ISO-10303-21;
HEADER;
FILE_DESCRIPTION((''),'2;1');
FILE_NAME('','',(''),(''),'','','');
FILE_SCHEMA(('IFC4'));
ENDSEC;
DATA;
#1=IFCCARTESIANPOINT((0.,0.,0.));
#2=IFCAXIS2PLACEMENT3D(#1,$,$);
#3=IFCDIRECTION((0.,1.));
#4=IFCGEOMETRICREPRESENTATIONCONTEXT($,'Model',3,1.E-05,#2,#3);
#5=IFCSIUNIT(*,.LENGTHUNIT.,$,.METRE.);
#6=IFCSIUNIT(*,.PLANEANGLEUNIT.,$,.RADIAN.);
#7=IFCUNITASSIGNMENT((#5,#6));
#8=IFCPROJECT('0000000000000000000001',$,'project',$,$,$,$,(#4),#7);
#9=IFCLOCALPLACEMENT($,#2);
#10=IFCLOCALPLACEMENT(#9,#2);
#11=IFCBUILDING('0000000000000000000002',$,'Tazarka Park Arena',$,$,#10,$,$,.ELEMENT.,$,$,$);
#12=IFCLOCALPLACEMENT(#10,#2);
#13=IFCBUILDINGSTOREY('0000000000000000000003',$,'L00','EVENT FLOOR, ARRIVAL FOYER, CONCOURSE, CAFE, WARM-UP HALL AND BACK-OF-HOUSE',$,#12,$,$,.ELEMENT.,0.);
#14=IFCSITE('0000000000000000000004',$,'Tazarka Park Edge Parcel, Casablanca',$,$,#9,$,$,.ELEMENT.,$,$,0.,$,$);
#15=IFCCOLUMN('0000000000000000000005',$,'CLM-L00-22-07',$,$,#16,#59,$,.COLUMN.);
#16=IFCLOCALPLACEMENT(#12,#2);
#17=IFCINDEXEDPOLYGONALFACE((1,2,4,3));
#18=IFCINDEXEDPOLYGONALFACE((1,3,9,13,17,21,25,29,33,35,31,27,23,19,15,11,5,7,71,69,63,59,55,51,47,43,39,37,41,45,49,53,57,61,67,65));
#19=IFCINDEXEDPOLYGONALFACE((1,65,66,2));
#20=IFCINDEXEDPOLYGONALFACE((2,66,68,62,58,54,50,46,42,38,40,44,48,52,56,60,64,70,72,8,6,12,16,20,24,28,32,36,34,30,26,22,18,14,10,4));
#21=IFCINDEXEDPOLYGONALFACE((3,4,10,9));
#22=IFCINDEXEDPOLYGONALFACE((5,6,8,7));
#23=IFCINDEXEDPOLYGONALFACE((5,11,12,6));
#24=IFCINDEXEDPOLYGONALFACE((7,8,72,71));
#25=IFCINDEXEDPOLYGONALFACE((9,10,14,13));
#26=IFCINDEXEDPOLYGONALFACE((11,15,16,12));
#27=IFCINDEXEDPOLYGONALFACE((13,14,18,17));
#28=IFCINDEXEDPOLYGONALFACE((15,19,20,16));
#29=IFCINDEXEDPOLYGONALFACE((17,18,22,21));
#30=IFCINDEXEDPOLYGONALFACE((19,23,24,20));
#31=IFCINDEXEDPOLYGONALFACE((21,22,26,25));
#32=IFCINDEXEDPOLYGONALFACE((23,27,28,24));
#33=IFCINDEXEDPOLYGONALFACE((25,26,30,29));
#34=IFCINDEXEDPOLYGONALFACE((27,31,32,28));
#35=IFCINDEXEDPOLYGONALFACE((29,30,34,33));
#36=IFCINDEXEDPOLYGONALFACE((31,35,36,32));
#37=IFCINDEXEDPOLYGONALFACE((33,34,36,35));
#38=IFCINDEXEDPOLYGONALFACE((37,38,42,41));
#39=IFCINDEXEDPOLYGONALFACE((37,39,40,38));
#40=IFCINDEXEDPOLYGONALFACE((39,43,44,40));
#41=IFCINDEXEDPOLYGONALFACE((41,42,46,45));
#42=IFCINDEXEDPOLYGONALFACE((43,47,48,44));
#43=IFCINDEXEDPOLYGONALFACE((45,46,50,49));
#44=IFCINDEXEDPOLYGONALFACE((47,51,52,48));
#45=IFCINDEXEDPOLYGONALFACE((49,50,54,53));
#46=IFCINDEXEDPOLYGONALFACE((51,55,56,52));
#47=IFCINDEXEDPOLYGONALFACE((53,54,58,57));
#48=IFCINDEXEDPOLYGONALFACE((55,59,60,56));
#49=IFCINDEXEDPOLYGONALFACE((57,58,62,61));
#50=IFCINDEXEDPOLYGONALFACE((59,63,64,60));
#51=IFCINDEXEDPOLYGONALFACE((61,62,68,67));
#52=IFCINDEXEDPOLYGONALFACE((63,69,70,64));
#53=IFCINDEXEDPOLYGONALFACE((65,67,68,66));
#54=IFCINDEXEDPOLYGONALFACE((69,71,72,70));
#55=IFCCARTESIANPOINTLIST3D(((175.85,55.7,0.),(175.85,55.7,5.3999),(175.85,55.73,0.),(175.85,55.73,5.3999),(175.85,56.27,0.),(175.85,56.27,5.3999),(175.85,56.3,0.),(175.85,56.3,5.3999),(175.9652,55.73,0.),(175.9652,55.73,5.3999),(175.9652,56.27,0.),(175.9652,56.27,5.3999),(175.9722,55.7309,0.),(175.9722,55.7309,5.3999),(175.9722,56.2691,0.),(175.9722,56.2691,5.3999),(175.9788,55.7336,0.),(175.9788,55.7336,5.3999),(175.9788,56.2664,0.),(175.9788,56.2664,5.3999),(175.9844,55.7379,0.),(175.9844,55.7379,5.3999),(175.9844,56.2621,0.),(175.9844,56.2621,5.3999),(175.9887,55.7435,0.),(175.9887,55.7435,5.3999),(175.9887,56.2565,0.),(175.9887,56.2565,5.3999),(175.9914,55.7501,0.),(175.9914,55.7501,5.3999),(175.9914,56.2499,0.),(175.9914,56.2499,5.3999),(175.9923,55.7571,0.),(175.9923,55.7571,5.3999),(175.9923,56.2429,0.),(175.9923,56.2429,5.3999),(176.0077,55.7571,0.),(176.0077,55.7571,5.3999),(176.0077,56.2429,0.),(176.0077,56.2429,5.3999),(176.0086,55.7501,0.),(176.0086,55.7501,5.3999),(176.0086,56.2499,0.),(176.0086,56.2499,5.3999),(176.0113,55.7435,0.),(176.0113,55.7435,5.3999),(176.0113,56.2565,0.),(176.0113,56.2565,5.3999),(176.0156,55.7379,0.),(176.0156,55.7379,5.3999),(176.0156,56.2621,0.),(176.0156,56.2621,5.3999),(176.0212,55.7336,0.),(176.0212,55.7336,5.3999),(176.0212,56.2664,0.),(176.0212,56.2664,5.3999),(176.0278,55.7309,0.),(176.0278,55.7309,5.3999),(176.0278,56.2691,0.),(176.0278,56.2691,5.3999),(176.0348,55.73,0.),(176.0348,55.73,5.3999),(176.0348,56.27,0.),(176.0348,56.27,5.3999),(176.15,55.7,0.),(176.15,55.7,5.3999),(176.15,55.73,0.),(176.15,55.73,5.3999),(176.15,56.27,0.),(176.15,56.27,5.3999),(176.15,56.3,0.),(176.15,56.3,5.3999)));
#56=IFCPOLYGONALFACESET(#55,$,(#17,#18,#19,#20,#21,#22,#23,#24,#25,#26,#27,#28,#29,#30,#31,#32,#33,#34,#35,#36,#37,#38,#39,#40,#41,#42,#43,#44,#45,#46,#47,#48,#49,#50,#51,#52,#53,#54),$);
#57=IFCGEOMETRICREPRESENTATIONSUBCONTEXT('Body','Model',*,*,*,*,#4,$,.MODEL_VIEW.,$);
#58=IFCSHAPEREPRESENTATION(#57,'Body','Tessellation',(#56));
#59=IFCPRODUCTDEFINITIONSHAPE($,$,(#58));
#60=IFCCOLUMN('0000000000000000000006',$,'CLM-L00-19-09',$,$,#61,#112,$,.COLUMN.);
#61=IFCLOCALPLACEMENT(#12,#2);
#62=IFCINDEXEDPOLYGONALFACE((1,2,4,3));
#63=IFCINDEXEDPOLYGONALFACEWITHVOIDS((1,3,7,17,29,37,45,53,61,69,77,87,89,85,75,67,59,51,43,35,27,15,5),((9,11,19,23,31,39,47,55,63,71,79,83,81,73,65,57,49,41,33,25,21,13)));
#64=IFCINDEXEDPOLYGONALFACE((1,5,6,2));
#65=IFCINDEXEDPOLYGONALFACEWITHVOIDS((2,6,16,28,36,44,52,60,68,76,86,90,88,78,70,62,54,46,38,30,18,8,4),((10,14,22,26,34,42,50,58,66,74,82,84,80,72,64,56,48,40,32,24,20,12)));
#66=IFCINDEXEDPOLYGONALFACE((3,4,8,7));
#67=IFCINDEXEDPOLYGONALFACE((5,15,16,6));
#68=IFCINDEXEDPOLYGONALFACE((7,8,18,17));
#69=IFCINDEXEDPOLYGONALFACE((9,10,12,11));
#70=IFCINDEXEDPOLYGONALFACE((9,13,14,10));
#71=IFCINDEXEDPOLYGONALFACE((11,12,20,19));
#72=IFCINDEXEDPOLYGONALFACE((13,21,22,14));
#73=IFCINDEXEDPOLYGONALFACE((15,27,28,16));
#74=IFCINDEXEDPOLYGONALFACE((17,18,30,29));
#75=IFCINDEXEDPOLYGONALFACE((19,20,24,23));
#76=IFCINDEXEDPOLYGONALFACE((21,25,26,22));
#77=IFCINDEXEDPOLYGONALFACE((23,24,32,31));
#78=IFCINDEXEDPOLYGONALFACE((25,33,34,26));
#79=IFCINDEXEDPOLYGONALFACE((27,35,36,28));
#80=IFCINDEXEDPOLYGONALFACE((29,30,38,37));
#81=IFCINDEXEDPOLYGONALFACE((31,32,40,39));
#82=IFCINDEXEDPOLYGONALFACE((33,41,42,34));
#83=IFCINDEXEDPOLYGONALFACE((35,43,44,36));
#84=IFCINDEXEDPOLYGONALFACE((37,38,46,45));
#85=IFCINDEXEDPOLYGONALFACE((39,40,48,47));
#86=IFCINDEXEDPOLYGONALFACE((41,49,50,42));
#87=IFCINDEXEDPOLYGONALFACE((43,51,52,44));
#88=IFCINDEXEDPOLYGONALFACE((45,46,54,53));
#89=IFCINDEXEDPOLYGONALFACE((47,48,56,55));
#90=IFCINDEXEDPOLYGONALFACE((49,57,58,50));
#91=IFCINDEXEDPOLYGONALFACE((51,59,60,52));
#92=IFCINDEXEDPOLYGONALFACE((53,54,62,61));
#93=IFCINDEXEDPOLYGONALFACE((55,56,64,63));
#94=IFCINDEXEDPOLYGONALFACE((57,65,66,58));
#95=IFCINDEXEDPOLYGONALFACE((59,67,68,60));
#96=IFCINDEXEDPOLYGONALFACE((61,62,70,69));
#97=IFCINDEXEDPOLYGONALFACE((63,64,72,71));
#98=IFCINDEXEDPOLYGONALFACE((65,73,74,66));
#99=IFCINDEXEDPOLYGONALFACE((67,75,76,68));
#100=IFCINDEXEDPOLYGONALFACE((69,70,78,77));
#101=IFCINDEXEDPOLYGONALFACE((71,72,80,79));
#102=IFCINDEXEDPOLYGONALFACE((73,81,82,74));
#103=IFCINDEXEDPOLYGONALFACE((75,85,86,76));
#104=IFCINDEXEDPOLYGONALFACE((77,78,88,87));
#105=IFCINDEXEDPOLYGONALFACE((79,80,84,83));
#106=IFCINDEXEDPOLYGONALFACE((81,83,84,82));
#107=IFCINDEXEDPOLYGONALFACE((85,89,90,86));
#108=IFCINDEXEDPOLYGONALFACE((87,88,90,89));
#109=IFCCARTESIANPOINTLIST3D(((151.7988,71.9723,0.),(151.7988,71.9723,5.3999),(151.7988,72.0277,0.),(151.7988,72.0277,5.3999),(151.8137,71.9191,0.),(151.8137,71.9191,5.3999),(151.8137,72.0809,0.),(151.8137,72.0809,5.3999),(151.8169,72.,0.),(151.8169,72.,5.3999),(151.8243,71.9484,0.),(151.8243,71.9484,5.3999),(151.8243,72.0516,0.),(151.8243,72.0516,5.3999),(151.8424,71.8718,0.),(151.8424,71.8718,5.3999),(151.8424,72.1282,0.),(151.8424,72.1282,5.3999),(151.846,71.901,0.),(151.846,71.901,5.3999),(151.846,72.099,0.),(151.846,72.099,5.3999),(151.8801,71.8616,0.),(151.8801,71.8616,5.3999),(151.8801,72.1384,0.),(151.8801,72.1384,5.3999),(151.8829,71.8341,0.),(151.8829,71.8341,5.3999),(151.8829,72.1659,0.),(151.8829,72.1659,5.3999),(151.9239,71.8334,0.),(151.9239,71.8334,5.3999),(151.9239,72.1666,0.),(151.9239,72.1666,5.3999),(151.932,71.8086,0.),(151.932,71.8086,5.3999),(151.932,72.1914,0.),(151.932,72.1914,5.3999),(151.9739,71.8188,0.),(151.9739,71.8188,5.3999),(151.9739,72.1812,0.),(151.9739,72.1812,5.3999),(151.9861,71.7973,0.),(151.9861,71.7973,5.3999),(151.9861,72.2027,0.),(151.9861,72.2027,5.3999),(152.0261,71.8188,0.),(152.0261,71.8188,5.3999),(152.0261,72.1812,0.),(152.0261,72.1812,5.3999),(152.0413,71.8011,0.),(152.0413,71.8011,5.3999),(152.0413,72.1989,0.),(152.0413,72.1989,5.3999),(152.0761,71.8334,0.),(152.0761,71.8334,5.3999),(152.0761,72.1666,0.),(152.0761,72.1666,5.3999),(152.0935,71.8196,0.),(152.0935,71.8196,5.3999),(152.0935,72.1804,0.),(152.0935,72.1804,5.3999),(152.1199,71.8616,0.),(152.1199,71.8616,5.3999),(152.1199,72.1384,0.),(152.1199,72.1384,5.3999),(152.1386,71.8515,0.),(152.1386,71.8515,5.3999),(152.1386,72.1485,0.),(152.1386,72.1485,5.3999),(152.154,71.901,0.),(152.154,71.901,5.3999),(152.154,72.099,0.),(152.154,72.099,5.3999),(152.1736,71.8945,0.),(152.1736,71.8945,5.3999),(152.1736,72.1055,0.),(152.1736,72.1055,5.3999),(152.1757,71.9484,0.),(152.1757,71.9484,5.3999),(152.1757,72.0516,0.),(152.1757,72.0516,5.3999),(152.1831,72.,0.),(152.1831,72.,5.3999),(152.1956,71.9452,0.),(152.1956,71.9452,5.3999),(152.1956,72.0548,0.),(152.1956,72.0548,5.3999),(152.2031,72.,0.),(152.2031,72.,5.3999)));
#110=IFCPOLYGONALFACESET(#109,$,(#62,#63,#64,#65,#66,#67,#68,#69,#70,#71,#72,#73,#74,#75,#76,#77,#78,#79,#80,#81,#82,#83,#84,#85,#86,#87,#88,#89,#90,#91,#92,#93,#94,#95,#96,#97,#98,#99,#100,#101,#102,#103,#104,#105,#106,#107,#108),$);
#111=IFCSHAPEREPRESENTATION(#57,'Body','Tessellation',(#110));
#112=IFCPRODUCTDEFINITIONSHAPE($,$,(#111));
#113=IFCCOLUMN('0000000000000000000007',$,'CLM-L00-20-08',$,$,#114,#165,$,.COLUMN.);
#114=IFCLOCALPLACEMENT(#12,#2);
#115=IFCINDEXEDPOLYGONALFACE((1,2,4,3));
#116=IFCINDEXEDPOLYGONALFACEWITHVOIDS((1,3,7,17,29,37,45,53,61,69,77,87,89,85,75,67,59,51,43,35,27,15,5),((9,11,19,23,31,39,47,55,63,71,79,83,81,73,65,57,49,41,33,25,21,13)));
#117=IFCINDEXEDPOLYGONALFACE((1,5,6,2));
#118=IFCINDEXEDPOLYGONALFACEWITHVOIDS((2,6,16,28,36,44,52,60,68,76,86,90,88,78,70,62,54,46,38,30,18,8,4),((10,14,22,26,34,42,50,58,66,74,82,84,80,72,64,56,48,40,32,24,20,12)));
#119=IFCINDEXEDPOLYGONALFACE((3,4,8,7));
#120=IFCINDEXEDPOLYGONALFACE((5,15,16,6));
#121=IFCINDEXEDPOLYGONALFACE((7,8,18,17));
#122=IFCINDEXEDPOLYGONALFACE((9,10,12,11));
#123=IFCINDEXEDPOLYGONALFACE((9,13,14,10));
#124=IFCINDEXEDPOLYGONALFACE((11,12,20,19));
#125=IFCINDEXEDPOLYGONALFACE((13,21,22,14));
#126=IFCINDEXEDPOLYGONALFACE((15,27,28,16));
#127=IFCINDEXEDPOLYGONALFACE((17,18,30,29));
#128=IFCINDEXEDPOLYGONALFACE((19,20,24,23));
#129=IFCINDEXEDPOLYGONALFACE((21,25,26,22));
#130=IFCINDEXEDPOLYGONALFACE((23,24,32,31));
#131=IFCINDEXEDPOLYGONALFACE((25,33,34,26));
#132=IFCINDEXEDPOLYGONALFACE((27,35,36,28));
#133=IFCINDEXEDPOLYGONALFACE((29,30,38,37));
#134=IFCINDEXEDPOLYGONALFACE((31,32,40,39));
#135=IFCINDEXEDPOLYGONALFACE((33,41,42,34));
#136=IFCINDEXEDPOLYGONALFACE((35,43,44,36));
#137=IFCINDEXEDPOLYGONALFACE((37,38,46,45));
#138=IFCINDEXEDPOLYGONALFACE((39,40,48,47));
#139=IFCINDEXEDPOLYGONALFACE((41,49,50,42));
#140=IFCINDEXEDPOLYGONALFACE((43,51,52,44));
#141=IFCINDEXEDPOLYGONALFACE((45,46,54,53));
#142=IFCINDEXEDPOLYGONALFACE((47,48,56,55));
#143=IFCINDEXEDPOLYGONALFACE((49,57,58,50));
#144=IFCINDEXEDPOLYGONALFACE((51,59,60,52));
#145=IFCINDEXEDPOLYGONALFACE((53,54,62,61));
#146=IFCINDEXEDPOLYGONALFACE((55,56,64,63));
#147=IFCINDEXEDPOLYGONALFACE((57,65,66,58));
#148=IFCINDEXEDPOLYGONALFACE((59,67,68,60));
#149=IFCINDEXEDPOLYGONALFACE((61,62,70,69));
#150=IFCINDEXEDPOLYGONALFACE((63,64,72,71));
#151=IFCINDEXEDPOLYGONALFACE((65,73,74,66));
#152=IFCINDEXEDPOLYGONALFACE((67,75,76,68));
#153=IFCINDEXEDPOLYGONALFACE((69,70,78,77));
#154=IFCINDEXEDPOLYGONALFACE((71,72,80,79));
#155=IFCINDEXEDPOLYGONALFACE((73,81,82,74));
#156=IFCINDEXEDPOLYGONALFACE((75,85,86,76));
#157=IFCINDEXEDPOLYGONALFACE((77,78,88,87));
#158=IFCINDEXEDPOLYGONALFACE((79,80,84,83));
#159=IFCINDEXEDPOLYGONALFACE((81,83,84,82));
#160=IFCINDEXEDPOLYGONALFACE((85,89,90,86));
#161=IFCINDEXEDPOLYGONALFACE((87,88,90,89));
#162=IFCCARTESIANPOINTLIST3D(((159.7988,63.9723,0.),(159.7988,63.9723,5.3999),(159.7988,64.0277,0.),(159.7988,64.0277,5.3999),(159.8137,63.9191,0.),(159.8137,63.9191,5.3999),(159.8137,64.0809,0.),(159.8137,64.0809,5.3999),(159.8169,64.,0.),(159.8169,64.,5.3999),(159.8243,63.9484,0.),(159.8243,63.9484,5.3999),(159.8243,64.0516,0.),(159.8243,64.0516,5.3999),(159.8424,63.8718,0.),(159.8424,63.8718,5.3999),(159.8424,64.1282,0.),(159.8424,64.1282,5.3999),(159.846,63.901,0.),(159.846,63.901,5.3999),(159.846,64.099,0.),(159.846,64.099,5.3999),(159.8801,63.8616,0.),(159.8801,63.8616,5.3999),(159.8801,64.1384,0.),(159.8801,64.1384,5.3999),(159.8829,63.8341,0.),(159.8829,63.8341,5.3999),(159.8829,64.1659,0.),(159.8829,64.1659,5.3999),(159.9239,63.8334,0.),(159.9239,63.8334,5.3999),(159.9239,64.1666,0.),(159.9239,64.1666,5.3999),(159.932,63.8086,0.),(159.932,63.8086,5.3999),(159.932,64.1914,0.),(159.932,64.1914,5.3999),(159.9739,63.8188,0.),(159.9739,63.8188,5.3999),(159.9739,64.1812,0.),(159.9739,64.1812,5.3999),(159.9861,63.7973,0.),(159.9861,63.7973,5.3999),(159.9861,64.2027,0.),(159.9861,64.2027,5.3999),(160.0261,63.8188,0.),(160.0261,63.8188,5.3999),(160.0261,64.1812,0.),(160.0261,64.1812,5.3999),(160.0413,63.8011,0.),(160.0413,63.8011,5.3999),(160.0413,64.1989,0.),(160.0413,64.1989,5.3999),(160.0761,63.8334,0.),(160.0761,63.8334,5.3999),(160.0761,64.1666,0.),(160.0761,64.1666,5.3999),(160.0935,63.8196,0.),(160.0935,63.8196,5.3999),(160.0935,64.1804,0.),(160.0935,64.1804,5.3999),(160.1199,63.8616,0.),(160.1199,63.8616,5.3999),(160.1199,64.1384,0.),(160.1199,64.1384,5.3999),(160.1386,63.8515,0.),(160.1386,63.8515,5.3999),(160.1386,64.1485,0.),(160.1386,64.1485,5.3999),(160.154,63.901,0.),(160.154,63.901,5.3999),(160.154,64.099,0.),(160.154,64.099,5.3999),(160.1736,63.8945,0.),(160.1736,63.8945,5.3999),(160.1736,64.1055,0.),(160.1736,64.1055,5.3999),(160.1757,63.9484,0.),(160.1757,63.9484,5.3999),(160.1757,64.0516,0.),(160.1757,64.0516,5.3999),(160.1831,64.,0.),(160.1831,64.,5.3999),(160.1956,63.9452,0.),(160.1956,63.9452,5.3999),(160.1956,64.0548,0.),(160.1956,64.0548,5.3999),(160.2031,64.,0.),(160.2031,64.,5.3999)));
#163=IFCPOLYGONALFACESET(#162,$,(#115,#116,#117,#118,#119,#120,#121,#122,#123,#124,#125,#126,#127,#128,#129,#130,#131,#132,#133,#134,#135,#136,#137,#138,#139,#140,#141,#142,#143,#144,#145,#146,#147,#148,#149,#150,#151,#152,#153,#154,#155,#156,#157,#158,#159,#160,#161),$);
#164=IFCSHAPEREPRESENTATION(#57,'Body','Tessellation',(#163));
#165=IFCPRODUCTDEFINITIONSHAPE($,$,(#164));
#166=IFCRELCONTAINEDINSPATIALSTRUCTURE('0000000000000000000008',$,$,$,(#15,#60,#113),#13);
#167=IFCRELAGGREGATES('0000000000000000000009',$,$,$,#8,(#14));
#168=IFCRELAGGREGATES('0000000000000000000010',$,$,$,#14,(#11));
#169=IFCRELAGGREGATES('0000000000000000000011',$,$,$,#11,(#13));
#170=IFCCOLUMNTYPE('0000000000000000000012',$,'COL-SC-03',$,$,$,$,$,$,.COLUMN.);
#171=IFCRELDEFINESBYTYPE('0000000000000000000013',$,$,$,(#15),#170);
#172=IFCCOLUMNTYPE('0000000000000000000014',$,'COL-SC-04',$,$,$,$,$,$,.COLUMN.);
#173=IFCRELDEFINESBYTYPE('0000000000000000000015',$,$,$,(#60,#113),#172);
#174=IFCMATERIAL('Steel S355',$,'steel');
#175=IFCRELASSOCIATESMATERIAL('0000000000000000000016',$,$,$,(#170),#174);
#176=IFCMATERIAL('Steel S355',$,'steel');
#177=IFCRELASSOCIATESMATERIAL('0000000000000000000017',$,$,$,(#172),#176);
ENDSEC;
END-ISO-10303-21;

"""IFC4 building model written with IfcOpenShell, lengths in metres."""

from ifc_helpers import new_model, si_unit, direction, frame, origin, origin_2d, place, context, subcontext, project, spatial, hollow_circle, i_section, extrude, material, material_profile, profile_set, type_object, element, save


model = new_model("IFC4")

# Units and contexts
model_context = context("Model", 3, precision=1e-05, world=origin(), true_north=direction((0.0, 1.0)))
body_context = subcontext(model_context, "Body", "Model", "MODEL_VIEW")
ifc_project = project(units=[si_unit("LENGTHUNIT", "METRE"), si_unit("PLANEANGLEUNIT", "RADIAN")], contexts=[model_context])

# Site, building, storey
site_placement = place(None, origin())
site = spatial("IfcSite", under=ifc_project, at=site_placement, Name="Tazarka Park Edge Parcel, Casablanca", CompositionType="ELEMENT", RefElevation=0.0)
building_placement = place(site_placement, origin())
building = spatial("IfcBuilding", under=site, at=building_placement, Name="Tazarka Park Arena", CompositionType="ELEMENT")
storey_placement = place(building_placement, origin())
storey = spatial("IfcBuildingStorey", under=building, at=storey_placement, Name="L00", Description="EVENT FLOOR, ARRIVAL FOYER, CONCOURSE, CAFE, WARM-UP HALL AND BACK-OF-HOUSE", CompositionType="ELEMENT", Elevation=0.0)

# Columns
ifc_material_1 = material(Name="Steel S355", Category="steel")
ifc_material_profile_1 = material_profile(ifc_material_1, i_section(OverallWidth=0.3, OverallDepth=0.6001, WebThickness=0.0154, FlangeThickness=0.03, FilletRadius=0.0271, at=origin_2d()), Name="Steel S355")
ifc_profile_set_1 = profile_set([ifc_material_profile_1], Name="Steel S355")
column_type_1 = type_object("IfcColumnType", Name="COL-SC-03", PredefinedType="COLUMN", material=ifc_profile_set_1)
for number, where, z_axis, x_axis, name in (
    (1, (176.0, 56.0, 0.0), (0.0, 0.0, 1.0), (1.0, 0.0, 0.0), "CLM-L00-22-07"),
):
    element("IfcColumn", number, at=place(storey_placement, frame(where, z_axis=z_axis, x_axis=x_axis)), inside=storey, type_object=column_type_1, Name=name, PredefinedType="COLUMN", context=body_context, shape_type="SweptSolid", body=[
        extrude(i_section(OverallWidth=0.3, OverallDepth=0.6001, WebThickness=0.0154, FlangeThickness=0.03, FilletRadius=0.0271, at=origin_2d()), origin(), (0.0, 0.0, 1.0), 5.3999),
    ])
ifc_material_2 = material(Name="Steel S355", Category="steel")
ifc_material_profile_2 = material_profile(ifc_material_2, hollow_circle(Radius=0.2031, WallThickness=0.02, at=origin_2d()), Name="Steel S355")
ifc_profile_set_2 = profile_set([ifc_material_profile_2], Name="Steel S355")
column_type_2 = type_object("IfcColumnType", Name="COL-SC-04", PredefinedType="COLUMN", material=ifc_profile_set_2)
for number, where, z_axis, x_axis, name in (
    (2, (152.0, 72.0, 0.0), (0.0, 0.0, 1.0), (1.0, 0.0, 0.0), "CLM-L00-19-09"),
    (3, (160.0, 64.0, 0.0), (0.0, 0.0, 1.0), (1.0, 0.0, 0.0), "CLM-L00-20-08"),
):
    element("IfcColumn", number, at=place(storey_placement, frame(where, z_axis=z_axis, x_axis=x_axis)), inside=storey, type_object=column_type_2, Name=name, PredefinedType="COLUMN", context=body_context, shape_type="SweptSolid", body=[
        extrude(hollow_circle(Radius=0.2031, WallThickness=0.02, at=origin_2d()), origin(), (0.0, 0.0, 1.0), 5.3999),
    ])

save(model, "model.ifc")
